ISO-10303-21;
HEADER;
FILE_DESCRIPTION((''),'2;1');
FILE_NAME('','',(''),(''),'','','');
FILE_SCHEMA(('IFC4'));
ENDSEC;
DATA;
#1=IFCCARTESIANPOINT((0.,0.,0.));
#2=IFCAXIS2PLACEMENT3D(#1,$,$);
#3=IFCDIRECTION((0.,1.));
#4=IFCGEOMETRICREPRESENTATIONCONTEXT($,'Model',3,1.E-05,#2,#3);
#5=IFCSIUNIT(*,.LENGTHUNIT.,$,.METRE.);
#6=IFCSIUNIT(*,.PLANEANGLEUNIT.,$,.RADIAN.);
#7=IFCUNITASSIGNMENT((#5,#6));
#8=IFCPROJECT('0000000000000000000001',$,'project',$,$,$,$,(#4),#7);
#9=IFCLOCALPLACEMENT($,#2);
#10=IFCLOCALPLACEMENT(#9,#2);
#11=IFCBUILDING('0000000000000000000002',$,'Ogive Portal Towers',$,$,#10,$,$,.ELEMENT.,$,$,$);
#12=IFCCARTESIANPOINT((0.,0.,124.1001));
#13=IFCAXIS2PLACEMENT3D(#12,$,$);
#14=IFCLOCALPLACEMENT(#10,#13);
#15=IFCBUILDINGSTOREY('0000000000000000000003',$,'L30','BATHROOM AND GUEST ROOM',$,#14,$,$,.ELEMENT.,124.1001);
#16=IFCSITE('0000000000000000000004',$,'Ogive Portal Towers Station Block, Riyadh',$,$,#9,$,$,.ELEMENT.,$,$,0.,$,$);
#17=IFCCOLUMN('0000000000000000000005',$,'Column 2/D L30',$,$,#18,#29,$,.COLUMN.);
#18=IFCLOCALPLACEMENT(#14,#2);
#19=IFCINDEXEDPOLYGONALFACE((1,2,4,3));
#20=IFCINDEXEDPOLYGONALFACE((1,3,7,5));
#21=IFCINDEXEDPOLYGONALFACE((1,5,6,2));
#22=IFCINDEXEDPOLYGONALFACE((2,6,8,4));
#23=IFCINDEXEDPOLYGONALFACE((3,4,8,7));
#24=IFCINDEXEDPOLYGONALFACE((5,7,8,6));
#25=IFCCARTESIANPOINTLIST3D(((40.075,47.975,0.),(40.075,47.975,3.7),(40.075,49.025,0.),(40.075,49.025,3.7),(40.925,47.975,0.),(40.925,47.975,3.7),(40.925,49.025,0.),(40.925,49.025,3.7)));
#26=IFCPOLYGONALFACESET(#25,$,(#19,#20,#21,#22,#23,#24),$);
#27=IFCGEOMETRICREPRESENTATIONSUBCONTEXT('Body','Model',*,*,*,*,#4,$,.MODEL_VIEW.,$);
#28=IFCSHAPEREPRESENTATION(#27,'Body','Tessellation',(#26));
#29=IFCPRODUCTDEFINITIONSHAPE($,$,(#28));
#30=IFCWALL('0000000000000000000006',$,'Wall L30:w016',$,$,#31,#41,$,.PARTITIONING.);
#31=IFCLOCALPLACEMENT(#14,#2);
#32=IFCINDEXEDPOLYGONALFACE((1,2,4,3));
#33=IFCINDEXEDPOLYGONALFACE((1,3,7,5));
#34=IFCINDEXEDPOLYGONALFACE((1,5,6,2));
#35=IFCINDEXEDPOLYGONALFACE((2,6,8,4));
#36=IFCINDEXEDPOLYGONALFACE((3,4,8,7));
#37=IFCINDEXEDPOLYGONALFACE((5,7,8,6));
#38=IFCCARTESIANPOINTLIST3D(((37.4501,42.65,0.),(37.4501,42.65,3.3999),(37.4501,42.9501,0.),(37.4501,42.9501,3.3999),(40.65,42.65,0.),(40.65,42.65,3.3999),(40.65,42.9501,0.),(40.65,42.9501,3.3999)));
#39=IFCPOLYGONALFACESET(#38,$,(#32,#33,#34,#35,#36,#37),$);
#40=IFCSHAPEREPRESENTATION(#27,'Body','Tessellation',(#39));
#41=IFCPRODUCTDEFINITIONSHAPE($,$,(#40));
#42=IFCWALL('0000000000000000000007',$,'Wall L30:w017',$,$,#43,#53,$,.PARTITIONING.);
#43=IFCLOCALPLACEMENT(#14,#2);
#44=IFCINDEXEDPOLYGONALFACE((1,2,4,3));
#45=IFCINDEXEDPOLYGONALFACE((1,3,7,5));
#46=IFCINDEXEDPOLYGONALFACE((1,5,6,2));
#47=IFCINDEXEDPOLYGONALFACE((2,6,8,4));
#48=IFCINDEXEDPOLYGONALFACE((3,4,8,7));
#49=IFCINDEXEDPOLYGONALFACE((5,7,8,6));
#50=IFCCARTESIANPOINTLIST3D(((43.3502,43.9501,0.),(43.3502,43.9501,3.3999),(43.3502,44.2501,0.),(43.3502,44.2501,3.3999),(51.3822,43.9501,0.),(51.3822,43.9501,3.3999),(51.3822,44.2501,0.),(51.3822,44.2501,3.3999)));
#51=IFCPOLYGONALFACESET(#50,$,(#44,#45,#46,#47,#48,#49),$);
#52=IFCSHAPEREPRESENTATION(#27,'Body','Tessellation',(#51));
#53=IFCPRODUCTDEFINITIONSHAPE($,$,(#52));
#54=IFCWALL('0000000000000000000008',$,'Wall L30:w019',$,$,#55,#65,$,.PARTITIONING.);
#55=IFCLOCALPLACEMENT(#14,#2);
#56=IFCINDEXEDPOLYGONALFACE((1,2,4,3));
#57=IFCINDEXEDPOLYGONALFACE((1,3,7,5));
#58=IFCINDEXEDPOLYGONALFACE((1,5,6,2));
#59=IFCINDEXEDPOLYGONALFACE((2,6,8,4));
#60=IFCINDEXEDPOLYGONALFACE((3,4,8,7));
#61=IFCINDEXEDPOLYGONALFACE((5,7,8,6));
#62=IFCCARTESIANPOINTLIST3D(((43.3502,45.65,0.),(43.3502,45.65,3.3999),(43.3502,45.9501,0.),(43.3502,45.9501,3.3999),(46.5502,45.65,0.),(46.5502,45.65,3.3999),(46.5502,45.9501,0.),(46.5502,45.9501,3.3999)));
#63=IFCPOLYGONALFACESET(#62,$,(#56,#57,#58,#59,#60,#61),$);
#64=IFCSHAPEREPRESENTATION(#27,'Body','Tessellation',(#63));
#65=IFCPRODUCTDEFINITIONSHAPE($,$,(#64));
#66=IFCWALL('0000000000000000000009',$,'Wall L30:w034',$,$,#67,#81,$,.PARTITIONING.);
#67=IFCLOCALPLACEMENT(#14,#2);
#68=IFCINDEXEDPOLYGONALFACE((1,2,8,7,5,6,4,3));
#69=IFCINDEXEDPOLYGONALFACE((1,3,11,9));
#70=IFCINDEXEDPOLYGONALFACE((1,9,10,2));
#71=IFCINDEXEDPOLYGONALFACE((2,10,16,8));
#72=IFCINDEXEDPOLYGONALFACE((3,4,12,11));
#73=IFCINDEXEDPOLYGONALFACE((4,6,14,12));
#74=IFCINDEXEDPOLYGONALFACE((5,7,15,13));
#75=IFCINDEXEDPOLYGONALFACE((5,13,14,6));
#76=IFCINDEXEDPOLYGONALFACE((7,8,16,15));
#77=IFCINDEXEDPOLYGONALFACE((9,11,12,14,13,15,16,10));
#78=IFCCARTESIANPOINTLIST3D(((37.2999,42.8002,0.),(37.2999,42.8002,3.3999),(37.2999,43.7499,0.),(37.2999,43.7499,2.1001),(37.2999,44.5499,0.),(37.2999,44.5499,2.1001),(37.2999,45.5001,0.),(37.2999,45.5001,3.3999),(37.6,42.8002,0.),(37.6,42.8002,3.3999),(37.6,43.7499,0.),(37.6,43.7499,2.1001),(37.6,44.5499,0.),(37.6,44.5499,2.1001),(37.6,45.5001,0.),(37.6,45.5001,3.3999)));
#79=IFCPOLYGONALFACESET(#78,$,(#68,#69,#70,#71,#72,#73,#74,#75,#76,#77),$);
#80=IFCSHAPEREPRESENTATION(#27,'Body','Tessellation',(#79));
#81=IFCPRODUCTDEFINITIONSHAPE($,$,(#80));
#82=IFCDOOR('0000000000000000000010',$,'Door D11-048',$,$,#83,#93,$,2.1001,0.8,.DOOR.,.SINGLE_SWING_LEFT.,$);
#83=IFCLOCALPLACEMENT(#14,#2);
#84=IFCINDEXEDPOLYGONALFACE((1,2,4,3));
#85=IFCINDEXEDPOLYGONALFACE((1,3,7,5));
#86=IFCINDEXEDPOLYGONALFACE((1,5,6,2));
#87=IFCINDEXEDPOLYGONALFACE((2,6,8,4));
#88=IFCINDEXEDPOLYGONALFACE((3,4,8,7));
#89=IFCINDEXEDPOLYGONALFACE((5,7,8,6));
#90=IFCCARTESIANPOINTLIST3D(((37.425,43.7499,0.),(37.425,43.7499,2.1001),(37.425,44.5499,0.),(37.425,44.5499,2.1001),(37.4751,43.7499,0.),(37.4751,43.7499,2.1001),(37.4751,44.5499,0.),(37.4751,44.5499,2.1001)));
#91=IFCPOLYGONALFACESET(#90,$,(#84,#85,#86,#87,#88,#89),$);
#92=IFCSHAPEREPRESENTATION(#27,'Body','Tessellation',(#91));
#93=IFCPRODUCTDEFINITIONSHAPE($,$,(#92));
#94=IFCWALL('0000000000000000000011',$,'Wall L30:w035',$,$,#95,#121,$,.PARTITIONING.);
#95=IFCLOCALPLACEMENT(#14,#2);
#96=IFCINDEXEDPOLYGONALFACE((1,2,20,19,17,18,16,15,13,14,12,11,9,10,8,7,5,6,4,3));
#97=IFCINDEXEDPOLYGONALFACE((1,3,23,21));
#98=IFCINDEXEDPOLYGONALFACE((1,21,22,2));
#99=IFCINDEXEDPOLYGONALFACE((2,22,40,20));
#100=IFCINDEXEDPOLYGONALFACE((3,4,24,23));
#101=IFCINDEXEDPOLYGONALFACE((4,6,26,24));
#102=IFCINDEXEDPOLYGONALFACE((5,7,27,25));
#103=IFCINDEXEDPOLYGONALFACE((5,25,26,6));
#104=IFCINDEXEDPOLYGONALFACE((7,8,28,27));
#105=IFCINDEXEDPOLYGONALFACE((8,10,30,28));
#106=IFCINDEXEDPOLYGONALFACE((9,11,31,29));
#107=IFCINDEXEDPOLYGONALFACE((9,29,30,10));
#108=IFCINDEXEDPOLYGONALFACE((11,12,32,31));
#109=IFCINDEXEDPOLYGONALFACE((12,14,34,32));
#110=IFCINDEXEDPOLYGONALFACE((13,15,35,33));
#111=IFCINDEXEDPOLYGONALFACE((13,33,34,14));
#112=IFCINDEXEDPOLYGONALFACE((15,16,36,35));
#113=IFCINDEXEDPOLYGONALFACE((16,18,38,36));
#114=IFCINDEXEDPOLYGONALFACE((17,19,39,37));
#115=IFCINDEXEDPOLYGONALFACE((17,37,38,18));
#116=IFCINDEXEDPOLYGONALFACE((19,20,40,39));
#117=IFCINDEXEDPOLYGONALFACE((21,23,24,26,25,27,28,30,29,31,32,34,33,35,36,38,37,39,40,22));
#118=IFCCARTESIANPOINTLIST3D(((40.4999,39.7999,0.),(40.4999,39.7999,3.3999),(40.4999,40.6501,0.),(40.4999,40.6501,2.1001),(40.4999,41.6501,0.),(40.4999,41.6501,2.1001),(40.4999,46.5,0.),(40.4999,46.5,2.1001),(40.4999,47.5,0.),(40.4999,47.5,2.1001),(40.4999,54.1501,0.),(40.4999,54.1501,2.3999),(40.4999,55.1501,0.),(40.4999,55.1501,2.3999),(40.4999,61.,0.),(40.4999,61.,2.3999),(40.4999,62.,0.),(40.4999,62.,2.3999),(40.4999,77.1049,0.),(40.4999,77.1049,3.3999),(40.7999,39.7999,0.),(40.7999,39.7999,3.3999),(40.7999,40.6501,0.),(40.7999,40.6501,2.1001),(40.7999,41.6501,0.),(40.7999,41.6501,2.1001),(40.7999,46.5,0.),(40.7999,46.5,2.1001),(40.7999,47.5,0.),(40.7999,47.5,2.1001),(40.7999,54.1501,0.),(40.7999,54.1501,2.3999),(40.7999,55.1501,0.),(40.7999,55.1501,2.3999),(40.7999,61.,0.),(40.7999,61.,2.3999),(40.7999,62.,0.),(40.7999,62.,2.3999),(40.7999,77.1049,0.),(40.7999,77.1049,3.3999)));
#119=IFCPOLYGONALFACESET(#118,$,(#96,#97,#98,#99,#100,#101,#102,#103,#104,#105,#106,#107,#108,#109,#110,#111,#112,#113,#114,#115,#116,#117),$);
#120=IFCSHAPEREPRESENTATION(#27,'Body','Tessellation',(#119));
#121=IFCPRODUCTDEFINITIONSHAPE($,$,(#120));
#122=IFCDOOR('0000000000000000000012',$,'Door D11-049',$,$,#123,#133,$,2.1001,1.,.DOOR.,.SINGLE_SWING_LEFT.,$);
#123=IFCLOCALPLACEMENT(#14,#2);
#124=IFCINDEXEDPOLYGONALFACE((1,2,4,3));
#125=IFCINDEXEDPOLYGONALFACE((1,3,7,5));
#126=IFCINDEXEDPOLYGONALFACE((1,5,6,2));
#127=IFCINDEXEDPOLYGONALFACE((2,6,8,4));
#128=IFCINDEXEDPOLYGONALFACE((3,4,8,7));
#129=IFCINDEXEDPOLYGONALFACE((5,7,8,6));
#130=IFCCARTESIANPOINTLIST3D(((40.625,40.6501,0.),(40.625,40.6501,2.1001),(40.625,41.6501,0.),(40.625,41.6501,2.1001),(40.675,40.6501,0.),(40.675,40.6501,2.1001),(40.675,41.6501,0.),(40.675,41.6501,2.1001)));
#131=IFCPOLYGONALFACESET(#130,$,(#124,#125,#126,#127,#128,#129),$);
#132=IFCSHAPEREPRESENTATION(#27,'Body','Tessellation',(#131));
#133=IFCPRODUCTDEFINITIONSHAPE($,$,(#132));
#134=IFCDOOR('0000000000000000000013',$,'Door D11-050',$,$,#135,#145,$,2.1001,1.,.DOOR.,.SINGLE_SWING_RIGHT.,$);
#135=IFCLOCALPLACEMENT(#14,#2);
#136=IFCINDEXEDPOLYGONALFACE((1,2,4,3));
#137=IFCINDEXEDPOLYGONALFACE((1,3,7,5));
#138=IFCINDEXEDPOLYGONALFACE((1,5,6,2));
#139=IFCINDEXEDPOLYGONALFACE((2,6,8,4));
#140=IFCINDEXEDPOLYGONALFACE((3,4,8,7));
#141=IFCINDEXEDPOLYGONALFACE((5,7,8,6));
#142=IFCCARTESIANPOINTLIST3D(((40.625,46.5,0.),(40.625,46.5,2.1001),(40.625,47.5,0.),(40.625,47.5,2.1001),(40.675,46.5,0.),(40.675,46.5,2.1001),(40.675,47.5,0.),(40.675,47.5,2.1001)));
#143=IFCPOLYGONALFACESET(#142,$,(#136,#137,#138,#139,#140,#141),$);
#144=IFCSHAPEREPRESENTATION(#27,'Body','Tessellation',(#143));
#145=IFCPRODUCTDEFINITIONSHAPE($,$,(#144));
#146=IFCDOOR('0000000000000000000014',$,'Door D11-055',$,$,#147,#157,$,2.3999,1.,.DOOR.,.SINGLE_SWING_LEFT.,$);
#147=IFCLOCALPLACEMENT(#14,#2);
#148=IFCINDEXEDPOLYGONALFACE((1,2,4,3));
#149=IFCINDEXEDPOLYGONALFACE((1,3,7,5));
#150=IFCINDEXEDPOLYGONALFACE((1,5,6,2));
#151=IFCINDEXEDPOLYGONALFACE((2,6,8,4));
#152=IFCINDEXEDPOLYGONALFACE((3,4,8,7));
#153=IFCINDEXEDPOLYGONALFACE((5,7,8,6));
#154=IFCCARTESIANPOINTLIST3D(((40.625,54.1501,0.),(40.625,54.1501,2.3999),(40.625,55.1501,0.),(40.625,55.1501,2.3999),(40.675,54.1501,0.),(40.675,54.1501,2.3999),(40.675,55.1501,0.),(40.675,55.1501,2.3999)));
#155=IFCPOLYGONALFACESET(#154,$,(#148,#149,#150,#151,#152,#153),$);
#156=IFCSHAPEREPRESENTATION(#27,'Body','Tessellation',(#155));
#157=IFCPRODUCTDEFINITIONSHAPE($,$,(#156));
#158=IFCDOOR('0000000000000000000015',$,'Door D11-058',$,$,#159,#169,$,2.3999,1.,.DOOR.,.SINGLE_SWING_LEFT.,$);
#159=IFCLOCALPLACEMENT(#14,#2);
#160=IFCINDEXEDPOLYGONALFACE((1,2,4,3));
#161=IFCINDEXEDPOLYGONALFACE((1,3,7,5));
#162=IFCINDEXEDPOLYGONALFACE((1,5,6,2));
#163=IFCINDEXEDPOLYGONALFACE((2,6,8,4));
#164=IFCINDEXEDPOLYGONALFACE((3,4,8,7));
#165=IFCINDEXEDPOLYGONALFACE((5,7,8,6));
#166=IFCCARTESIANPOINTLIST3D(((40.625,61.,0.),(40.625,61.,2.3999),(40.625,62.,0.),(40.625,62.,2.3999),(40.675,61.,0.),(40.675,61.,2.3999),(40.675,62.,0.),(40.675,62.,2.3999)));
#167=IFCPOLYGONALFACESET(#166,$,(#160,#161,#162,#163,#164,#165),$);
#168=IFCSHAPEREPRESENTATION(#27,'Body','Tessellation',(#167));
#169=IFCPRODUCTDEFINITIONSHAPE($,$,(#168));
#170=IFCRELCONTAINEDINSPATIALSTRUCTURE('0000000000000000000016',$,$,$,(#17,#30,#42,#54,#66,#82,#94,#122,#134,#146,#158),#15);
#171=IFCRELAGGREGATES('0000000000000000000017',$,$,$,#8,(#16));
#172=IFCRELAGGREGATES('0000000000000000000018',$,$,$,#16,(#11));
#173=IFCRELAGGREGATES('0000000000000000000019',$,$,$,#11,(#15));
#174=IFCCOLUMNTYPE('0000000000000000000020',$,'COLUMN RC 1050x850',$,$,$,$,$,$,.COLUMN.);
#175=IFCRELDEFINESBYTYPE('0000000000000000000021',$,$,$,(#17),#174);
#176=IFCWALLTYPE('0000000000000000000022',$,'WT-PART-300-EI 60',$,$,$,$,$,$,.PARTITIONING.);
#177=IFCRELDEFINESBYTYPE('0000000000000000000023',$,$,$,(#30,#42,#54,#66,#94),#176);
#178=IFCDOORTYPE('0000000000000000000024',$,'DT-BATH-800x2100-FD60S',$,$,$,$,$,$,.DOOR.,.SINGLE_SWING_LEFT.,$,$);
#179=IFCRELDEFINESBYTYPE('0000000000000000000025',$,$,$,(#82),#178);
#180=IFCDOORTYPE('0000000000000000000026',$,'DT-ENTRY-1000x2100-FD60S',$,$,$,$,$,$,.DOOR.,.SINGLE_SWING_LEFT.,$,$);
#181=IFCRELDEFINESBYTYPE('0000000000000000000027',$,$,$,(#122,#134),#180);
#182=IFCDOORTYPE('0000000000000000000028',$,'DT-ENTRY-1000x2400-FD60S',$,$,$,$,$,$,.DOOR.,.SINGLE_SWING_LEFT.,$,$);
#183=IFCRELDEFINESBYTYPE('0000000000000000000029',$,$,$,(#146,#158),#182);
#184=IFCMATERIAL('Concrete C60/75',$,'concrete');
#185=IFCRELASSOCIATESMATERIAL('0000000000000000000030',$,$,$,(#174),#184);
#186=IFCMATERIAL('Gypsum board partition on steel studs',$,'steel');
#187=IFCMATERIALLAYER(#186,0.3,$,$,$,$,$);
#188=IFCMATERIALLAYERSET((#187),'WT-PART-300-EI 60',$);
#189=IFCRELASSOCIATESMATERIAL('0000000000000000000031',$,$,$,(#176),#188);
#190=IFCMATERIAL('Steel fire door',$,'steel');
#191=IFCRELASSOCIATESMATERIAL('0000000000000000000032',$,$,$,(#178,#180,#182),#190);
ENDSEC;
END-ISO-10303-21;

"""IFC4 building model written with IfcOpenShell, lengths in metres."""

from ifc_helpers import new_model, si_unit, direction, frame, frame_2d, origin, origin_2d, place, context, subcontext, project, spatial, rectangle, extrude, material, layer, layer_set, material_profile, profile_set, type_object, element, fill, save


model = new_model("IFC4")

# Units and contexts
model_context = context("Model", 3, precision=1e-05, world=origin(), true_north=direction((0.0, 1.0)))
body_context = subcontext(model_context, "Body", "Model", "MODEL_VIEW")
ifc_project = project(units=[si_unit("LENGTHUNIT", "METRE"), si_unit("PLANEANGLEUNIT", "RADIAN")], contexts=[model_context])

# Site, building, storey
site_placement = place(None, origin())
site = spatial("IfcSite", under=ifc_project, at=site_placement, Name="Ogive Portal Towers Station Block, Riyadh", CompositionType="ELEMENT", RefElevation=0.0)
building_placement = place(site_placement, origin())
building = spatial("IfcBuilding", under=site, at=building_placement, Name="Ogive Portal Towers", CompositionType="ELEMENT")
storey_placement = place(building_placement, frame((0.0, 0.0, 124.1001)))
storey = spatial("IfcBuildingStorey", under=building, at=storey_placement, Name="L30", Description="BATHROOM AND GUEST ROOM", CompositionType="ELEMENT", Elevation=124.1001)

# Column
ifc_material_1 = material(Name="Concrete C60/75", Category="concrete")
ifc_material_profile = material_profile(ifc_material_1, rectangle(XDim=1.05, YDim=0.8501, at=origin_2d()), Name="RC 1050x850")
ifc_profile_set = profile_set([ifc_material_profile], Name="Concrete C60/75")
column_type = type_object("IfcColumnType", Name="COLUMN RC 1050x850", PredefinedType="COLUMN", material=ifc_profile_set)
column_placement = place(storey_placement, frame((40.5, 48.5, 0.0), z_axis=(0.0, 0.0, 1.0), x_axis=(0.0, 1.0, 0.0)))
element("IfcColumn", 1, at=column_placement, inside=storey, type_object=column_type, Name="Column 2/D L30", PredefinedType="COLUMN", context=body_context, shape_type="SweptSolid", body=[
    extrude(rectangle(XDim=1.05, YDim=0.8501, at=origin_2d()), origin(), (0.0, 0.0, 1.0), 3.7),
])

# Walls
ifc_material_2 = material(Name="Gypsum board partition on steel studs", Category="steel")
ifc_layer_1 = layer(ifc_material_2, 0.3)
ifc_layer_set_1 = layer_set([ifc_layer_1], Name="WT-PART-300-EI 60")
wall_type_1 = type_object("IfcWallType", Name="WT-PART-300-EI 60", PredefinedType="PARTITIONING", material=ifc_layer_set_1)
wall_1_placement = place(storey_placement, frame((37.45, 42.8, 0.0), z_axis=(0.0, 0.0, 1.0), x_axis=(1.0, 0.0, 0.0)))
element("IfcWall", 2, at=wall_1_placement, inside=storey, type_object=wall_type_1, Name="Wall L30:w016", PredefinedType="PARTITIONING", context=body_context, shape_type="SweptSolid", body=[
    extrude(rectangle(XDim=3.2, YDim=0.3, at=frame_2d((1.6001, 0.0))), origin(), (0.0, 0.0, 1.0), 3.3999),
])
wall_2_placement = place(storey_placement, frame((43.3501, 44.1001, 0.0), z_axis=(0.0, 0.0, 1.0), x_axis=(1.0, 0.0, 0.0)))
element("IfcWall", 3, at=wall_2_placement, inside=storey, type_object=wall_type_1, Name="Wall L30:w017", PredefinedType="PARTITIONING", context=body_context, shape_type="SweptSolid", body=[
    extrude(rectangle(XDim=8.032, YDim=0.3, at=frame_2d((4.0161, 0.0))), origin(), (0.0, 0.0, 1.0), 3.3999),
])
wall_3_placement = place(storey_placement, frame((43.3501, 45.8, 0.0), z_axis=(0.0, 0.0, 1.0), x_axis=(1.0, 0.0, 0.0)))
element("IfcWall", 4, at=wall_3_placement, inside=storey, type_object=wall_type_1, Name="Wall L30:w019", PredefinedType="PARTITIONING", context=body_context, shape_type="SweptSolid", body=[
    extrude(rectangle(XDim=3.2, YDim=0.3, at=frame_2d((1.6001, 0.0))), origin(), (0.0, 0.0, 1.0), 3.3999),
])

# Wall, opening, door
wall_4_placement = place(storey_placement, frame((37.45, 42.8, 0.0), z_axis=(0.0, 0.0, 1.0), x_axis=(0.0, 1.0, 0.0)))
wall_4 = element("IfcWall", 5, at=wall_4_placement, inside=storey, type_object=wall_type_1, Name="Wall L30:w034", PredefinedType="PARTITIONING", context=body_context, shape_type="SweptSolid", body=[
    extrude(rectangle(XDim=2.7, YDim=0.3, at=frame_2d((1.3501, 0.0))), origin(), (0.0, 0.0, 1.0), 3.3999),
])
opening_1_placement = place(wall_4_placement, frame((0.95, 0.0, 0.0)))
opening_1 = element("IfcOpeningElement", 6, at=opening_1_placement, cuts=wall_4, PredefinedType="OPENING", context=body_context, shape_type="SweptSolid", body=[
    extrude(rectangle(XDim=0.8, YDim=2.1001, at=frame_2d((0.3999, 1.05))), frame((0.0, 0.1602, 0.0), z_axis=(0.0, -1.0, 0.0), x_axis=(1.0, 0.0, 0.0)), (0.0, 0.0, 1.0), 0.3201),
])
ifc_material_3 = material(Name="Steel fire door", Category="steel")
door_type_1 = type_object("IfcDoorType", Name="DT-BATH-800x2100-FD60S", OperationType="SINGLE_SWING_LEFT", PredefinedType="DOOR", material=ifc_material_3)
door_1_placement = place(opening_1_placement, origin())
door_1 = element("IfcDoor", 7, at=door_1_placement, inside=storey, type_object=door_type_1, Name="Door D11-048", OperationType="SINGLE_SWING_LEFT", OverallHeight=2.1001, OverallWidth=0.8, PredefinedType="DOOR", context=body_context, shape_type="SweptSolid", body=[
    extrude(rectangle(XDim=0.8, YDim=2.1001, at=frame_2d((0.3999, 1.05))), frame((0.0, 0.0249, 0.0), z_axis=(0.0, -1.0, 0.0), x_axis=(1.0, 0.0, 0.0)), (0.0, 0.0, 1.0), 0.05),
])
fill(opening_1, door_1)

# Wall, openings, doors
wall_5_placement = place(storey_placement, frame((40.6499, 39.8, 0.0), z_axis=(0.0, 0.0, 1.0), x_axis=(0.0, 1.0, 0.0)))
wall_5 = element("IfcWall", 8, at=wall_5_placement, inside=storey, type_object=wall_type_1, Name="Wall L30:w035", PredefinedType="PARTITIONING", context=body_context, shape_type="SweptSolid", body=[
    extrude(rectangle(XDim=37.3049, YDim=0.3, at=frame_2d((18.6523, 0.0))), origin(), (0.0, 0.0, 1.0), 3.3999),
])
opening_2_placement = place(wall_5_placement, frame((0.8501, 0.0, 0.0)))
opening_2 = element("IfcOpeningElement", 9, at=opening_2_placement, cuts=wall_5, PredefinedType="OPENING", context=body_context, shape_type="SweptSolid", body=[
    extrude(rectangle(XDim=1.0, YDim=2.1001, at=frame_2d((0.5, 1.05))), frame((0.0, 0.1602, 0.0), z_axis=(0.0, -1.0, 0.0), x_axis=(1.0, 0.0, 0.0)), (0.0, 0.0, 1.0), 0.3201),
])
opening_3_placement = place(wall_5_placement, frame((6.7, 0.0, 0.0)))
opening_3 = element("IfcOpeningElement", 10, at=opening_3_placement, cuts=wall_5, PredefinedType="OPENING", context=body_context, shape_type="SweptSolid", body=[
    extrude(rectangle(XDim=1.0, YDim=2.1001, at=frame_2d((0.5, 1.05))), frame((0.0, 0.1602, 0.0), z_axis=(0.0, -1.0, 0.0), x_axis=(1.0, 0.0, 0.0)), (0.0, 0.0, 1.0), 0.3201),
])
opening_4_placement = place(wall_5_placement, frame((14.3501, 0.0, 0.0)))
opening_4 = element("IfcOpeningElement", 11, at=opening_4_placement, cuts=wall_5, PredefinedType="OPENING", context=body_context, shape_type="SweptSolid", body=[
    extrude(rectangle(XDim=1.0, YDim=2.3999, at=frame_2d((0.5, 1.2))), frame((0.0, 0.1602, 0.0), z_axis=(0.0, -1.0, 0.0), x_axis=(1.0, 0.0, 0.0)), (0.0, 0.0, 1.0), 0.3201),
])
opening_5_placement = place(wall_5_placement, frame((21.2, 0.0, 0.0)))
opening_5 = element("IfcOpeningElement", 12, at=opening_5_placement, cuts=wall_5, PredefinedType="OPENING", context=body_context, shape_type="SweptSolid", body=[
    extrude(rectangle(XDim=1.0, YDim=2.3999, at=frame_2d((0.5, 1.2))), frame((0.0, 0.1602, 0.0), z_axis=(0.0, -1.0, 0.0), x_axis=(1.0, 0.0, 0.0)), (0.0, 0.0, 1.0), 0.3201),
])
door_type_2 = type_object("IfcDoorType", Name="DT-ENTRY-1000x2100-FD60S", OperationType="SINGLE_SWING_LEFT", PredefinedType="DOOR", material=ifc_material_3)
door_2_placement = place(opening_2_placement, origin())
door_2 = element("IfcDoor", 13, at=door_2_placement, inside=storey, type_object=door_type_2, Name="Door D11-049", OperationType="SINGLE_SWING_LEFT", OverallHeight=2.1001, OverallWidth=1.0, PredefinedType="DOOR", context=body_context, shape_type="SweptSolid", body=[
    extrude(rectangle(XDim=1.0, YDim=2.1001, at=frame_2d((0.5, 1.05))), frame((0.0, 0.0249, 0.0), z_axis=(0.0, -1.0, 0.0), x_axis=(1.0, 0.0, 0.0)), (0.0, 0.0, 1.0), 0.05),
])
fill(opening_2, door_2)
door_3_placement = place(opening_3_placement, origin())
door_3 = element("IfcDoor", 14, at=door_3_placement, inside=storey, type_object=door_type_2, Name="Door D11-050", OperationType="SINGLE_SWING_RIGHT", OverallHeight=2.1001, OverallWidth=1.0, PredefinedType="DOOR", context=body_context, shape_type="SweptSolid", body=[
    extrude(rectangle(XDim=1.0, YDim=2.1001, at=frame_2d((0.5, 1.05))), frame((0.0, 0.0249, 0.0), z_axis=(0.0, -1.0, 0.0), x_axis=(1.0, 0.0, 0.0)), (0.0, 0.0, 1.0), 0.05),
])
fill(opening_3, door_3)
door_type_3 = type_object("IfcDoorType", Name="DT-ENTRY-1000x2400-FD60S", OperationType="SINGLE_SWING_LEFT", PredefinedType="DOOR", material=ifc_material_3)
door_4_placement = place(opening_4_placement, origin())
door_4 = element("IfcDoor", 15, at=door_4_placement, inside=storey, type_object=door_type_3, Name="Door D11-055", OperationType="SINGLE_SWING_LEFT", OverallHeight=2.3999, OverallWidth=1.0, PredefinedType="DOOR", context=body_context, shape_type="SweptSolid", body=[
    extrude(rectangle(XDim=1.0, YDim=2.3999, at=frame_2d((0.5, 1.2))), frame((0.0, 0.0249, 0.0), z_axis=(0.0, -1.0, 0.0), x_axis=(1.0, 0.0, 0.0)), (0.0, 0.0, 1.0), 0.05),
])
fill(opening_4, door_4)
door_5_placement = place(opening_5_placement, origin())
door_5 = element("IfcDoor", 16, at=door_5_placement, inside=storey, type_object=door_type_3, Name="Door D11-058", OperationType="SINGLE_SWING_LEFT", OverallHeight=2.3999, OverallWidth=1.0, PredefinedType="DOOR", context=body_context, shape_type="SweptSolid", body=[
    extrude(rectangle(XDim=1.0, YDim=2.3999, at=frame_2d((0.5, 1.2))), frame((0.0, 0.0249, 0.0), z_axis=(0.0, -1.0, 0.0), x_axis=(1.0, 0.0, 0.0)), (0.0, 0.0, 1.0), 0.05),
])
fill(opening_5, door_5)

save(model, "model.ifc")
